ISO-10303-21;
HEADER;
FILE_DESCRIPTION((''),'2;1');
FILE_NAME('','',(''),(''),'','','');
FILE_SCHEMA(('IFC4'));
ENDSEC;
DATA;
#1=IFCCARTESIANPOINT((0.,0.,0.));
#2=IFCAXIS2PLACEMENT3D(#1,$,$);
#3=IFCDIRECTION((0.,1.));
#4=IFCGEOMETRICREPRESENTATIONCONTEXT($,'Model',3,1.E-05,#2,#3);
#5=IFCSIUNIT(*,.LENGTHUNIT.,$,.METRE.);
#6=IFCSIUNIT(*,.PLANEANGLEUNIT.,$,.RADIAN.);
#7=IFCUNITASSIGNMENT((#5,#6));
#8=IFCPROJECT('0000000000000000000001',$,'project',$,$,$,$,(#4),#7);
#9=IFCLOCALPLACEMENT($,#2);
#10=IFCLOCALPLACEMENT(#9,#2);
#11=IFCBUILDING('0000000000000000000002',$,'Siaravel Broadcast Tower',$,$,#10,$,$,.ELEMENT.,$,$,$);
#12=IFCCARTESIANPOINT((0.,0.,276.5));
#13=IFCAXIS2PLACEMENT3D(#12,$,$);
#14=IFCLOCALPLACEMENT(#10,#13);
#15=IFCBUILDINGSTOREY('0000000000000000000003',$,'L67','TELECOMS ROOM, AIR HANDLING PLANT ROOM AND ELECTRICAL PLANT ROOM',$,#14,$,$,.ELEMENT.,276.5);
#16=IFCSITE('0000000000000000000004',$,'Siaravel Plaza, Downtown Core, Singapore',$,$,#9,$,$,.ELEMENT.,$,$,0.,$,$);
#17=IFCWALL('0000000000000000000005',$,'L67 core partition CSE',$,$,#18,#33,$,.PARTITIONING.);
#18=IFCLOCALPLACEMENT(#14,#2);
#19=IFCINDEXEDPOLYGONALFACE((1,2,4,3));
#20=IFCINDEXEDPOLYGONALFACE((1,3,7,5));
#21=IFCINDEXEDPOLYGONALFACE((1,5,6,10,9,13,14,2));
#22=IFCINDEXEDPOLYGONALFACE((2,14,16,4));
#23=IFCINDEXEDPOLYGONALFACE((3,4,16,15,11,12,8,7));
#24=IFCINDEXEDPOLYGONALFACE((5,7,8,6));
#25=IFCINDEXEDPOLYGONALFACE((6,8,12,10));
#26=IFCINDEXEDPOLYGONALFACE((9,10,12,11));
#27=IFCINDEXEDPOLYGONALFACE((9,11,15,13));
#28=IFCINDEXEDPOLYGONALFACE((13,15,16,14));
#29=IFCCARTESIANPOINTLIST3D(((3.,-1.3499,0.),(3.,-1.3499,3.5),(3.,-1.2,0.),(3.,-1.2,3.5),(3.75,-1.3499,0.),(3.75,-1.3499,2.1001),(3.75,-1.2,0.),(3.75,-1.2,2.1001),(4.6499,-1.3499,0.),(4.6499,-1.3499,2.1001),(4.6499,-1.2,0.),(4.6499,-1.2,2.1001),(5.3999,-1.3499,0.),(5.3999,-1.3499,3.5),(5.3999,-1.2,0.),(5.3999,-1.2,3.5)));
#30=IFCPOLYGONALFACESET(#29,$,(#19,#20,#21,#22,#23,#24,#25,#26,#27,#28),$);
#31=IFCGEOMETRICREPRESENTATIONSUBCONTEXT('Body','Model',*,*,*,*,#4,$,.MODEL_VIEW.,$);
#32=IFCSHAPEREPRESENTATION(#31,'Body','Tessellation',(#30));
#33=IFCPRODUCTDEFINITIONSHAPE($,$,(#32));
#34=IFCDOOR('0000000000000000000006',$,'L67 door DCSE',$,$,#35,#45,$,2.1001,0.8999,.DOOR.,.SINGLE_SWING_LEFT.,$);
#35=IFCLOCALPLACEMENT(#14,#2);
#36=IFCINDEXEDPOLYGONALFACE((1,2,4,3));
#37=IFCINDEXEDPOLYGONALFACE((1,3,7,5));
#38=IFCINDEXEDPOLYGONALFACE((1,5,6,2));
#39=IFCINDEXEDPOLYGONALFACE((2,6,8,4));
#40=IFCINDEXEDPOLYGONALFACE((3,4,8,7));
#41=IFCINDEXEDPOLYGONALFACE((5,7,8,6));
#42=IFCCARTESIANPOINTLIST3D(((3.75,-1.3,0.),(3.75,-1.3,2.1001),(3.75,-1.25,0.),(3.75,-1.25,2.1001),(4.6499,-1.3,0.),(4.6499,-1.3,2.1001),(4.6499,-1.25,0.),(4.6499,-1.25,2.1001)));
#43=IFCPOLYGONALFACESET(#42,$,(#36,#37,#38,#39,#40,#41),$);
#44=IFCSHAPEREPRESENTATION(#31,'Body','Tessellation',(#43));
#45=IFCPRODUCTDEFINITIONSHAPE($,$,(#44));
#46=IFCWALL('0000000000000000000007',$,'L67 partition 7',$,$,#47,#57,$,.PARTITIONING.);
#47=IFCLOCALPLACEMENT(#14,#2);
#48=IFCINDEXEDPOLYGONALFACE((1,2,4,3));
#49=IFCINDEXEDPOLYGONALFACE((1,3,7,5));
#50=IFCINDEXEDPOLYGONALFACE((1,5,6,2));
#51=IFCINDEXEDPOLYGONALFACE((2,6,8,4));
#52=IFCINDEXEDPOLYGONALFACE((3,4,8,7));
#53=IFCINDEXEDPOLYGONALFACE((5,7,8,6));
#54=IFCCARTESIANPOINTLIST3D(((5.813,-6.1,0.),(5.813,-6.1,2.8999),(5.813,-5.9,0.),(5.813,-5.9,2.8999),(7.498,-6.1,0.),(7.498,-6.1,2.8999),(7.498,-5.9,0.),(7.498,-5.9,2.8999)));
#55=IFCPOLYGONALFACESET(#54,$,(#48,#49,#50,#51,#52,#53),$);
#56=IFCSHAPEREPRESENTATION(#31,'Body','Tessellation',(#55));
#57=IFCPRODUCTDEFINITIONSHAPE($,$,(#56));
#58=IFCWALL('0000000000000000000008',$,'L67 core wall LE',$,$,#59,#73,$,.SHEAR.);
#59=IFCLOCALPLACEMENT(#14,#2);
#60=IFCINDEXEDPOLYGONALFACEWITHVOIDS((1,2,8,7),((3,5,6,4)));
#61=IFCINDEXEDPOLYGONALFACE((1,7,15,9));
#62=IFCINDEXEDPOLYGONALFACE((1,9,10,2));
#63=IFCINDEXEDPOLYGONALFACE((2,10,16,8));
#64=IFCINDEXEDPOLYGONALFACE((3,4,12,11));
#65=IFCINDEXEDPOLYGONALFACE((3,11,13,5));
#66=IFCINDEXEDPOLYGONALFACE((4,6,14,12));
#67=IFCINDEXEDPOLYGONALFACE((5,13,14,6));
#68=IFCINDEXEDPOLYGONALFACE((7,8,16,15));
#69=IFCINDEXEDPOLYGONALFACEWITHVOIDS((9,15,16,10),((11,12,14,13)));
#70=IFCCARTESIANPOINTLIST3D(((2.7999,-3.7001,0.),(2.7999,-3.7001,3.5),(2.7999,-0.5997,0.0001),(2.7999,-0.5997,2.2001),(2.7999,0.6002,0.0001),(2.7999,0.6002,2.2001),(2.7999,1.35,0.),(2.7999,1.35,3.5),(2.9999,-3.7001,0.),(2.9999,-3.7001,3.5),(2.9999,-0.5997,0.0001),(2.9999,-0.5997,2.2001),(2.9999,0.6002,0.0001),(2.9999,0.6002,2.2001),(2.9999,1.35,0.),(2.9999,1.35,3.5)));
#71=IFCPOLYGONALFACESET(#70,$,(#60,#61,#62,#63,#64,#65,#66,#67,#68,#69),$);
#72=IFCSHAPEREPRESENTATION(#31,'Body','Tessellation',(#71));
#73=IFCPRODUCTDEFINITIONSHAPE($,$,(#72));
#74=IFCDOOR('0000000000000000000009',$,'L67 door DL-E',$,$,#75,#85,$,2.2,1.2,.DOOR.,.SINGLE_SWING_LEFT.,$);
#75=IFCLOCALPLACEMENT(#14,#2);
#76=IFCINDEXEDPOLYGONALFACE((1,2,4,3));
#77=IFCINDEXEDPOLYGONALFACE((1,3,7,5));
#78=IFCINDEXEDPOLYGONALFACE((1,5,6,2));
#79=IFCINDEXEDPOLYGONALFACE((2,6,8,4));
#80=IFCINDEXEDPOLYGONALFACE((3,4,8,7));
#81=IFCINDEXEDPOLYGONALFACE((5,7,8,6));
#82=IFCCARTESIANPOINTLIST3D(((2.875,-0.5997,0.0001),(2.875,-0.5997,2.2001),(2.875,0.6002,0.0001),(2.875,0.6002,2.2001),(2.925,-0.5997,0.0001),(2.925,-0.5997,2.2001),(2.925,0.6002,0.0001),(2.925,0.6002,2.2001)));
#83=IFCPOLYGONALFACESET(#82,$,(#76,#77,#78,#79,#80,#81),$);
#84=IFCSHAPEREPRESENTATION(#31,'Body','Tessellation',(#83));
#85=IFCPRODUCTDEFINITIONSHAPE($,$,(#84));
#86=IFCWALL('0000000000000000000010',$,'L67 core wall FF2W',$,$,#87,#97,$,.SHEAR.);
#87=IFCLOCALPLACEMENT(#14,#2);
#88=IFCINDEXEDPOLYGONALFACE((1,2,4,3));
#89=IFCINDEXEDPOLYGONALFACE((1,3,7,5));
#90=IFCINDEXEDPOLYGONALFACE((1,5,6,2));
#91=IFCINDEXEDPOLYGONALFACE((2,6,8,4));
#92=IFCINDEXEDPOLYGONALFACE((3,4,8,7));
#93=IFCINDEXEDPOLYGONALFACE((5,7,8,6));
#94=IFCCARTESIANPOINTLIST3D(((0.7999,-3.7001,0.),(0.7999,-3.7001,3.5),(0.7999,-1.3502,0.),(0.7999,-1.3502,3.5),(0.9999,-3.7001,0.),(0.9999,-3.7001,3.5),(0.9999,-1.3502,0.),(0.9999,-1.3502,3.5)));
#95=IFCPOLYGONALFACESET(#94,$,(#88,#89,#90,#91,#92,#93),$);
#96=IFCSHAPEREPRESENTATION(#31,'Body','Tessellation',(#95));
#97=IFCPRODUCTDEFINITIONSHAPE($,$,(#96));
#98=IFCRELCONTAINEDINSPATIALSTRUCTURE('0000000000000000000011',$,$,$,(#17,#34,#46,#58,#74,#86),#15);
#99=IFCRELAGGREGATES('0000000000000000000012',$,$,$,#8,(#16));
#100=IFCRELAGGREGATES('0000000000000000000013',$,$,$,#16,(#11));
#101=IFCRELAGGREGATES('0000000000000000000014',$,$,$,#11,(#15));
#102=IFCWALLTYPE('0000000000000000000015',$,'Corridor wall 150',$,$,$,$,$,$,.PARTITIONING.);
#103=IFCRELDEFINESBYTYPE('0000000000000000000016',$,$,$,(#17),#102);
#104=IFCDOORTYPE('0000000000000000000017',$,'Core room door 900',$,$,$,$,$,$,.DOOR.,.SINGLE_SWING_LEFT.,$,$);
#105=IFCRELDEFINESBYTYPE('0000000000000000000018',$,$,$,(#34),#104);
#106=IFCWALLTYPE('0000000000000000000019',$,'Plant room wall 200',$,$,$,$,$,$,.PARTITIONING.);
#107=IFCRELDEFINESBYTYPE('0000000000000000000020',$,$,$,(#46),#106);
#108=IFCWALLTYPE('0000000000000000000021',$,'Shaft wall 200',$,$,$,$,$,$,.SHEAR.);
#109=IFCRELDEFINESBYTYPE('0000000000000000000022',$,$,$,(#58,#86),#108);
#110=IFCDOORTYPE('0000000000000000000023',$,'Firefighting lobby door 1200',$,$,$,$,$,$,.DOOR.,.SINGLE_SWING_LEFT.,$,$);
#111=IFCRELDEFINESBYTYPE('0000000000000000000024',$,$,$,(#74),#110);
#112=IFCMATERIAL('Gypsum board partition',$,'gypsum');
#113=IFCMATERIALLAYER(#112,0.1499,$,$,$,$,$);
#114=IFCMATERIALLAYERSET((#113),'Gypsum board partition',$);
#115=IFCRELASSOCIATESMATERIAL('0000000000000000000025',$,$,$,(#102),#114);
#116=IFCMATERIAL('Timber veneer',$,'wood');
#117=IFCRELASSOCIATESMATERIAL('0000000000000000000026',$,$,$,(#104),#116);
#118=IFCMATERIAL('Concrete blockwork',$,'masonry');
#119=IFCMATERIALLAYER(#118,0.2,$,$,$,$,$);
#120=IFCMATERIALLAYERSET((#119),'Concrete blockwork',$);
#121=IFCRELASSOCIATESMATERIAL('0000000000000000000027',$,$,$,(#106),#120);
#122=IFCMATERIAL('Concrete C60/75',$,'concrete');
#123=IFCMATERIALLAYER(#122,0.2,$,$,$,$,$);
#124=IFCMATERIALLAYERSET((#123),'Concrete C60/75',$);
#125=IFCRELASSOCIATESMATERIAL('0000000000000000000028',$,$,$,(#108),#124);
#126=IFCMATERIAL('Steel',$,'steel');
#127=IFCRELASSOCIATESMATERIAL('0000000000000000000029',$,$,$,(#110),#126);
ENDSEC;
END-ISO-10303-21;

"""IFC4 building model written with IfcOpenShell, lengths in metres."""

from ifc_helpers import new_model, si_unit, direction, frame, frame_2d, origin, place, context, subcontext, project, spatial, rectangle, extrude, material, layer, layer_set, type_object, element, fill, save


model = new_model("IFC4")

# Units and contexts
model_context = context("Model", 3, precision=1e-05, world=origin(), true_north=direction((0.0, 1.0)))
body_context = subcontext(model_context, "Body", "Model", "MODEL_VIEW")
ifc_project = project(units=[si_unit("LENGTHUNIT", "METRE"), si_unit("PLANEANGLEUNIT", "RADIAN")], contexts=[model_context])

# Site, building, storey
site_placement = place(None, origin())
site = spatial("IfcSite", under=ifc_project, at=site_placement, Name="Siaravel Plaza, Downtown Core, Singapore", CompositionType="ELEMENT", RefElevation=0.0)
building_placement = place(site_placement, origin())
building = spatial("IfcBuilding", under=site, at=building_placement, Name="Siaravel Broadcast Tower", CompositionType="ELEMENT")
storey_placement = place(building_placement, frame((0.0, 0.0, 276.5)))
storey = spatial("IfcBuildingStorey", under=building, at=storey_placement, Name="L67", Description="TELECOMS ROOM, AIR HANDLING PLANT ROOM AND ELECTRICAL PLANT ROOM", CompositionType="ELEMENT", Elevation=276.5)

# Wall, opening, door
ifc_material_1 = material(Name="Concrete C60/75", Category="concrete")
ifc_material_2 = material(Name="Steel", Category="steel")
ifc_material_3 = material(Name="Gypsum board partition", Category="gypsum")
ifc_layer_1 = layer(ifc_material_3, 0.1499)
ifc_layer_set_1 = layer_set([ifc_layer_1], Name="Gypsum board partition")
wall_type_1 = type_object("IfcWallType", Name="Corridor wall 150", PredefinedType="PARTITIONING", material=ifc_layer_set_1)
wall_1_placement = place(storey_placement, frame((3.0, -1.2749, 0.0), z_axis=(0.0, 0.0, 1.0), x_axis=(1.0, 0.0, 0.0)))
wall_1 = element("IfcWall", 1, at=wall_1_placement, inside=storey, type_object=wall_type_1, Name="L67 core partition CSE", PredefinedType="PARTITIONING", context=body_context, shape_type="SweptSolid", body=[
    extrude(rectangle(XDim=2.3999, YDim=0.1499, at=frame_2d((1.2, 0.0))), origin(), (0.0, 0.0, 1.0), 3.5),
])
opening_1_placement = place(wall_1_placement, frame((0.75, 0.0, 0.0)))
opening_1 = element("IfcOpeningElement", 2, at=opening_1_placement, cuts=wall_1, PredefinedType="OPENING", context=body_context, shape_type="SweptSolid", body=[
    extrude(rectangle(XDim=0.8999, YDim=2.1001, at=frame_2d((0.45, 1.05))), frame((0.0, 0.085, 0.0), z_axis=(0.0, -1.0, 0.0), x_axis=(1.0, 0.0, 0.0)), (0.0, 0.0, 1.0), 0.1699),
])
ifc_material_4 = material(Name="Timber veneer", Category="wood")
door_type_1 = type_object("IfcDoorType", Name="Core room door 900", OperationType="SINGLE_SWING_LEFT", PredefinedType="DOOR", material=ifc_material_4)
door_1_placement = place(opening_1_placement, origin())
door_1 = element("IfcDoor", 3, at=door_1_placement, inside=storey, type_object=door_type_1, Name="L67 door DCSE", OperationType="SINGLE_SWING_LEFT", OverallHeight=2.1001, OverallWidth=0.8999, PredefinedType="DOOR", context=body_context, shape_type="SweptSolid", body=[
    extrude(rectangle(XDim=0.8999, YDim=2.1001, at=frame_2d((0.45, 1.05))), frame((0.0, 0.0249, 0.0), z_axis=(0.0, -1.0, 0.0), x_axis=(1.0, 0.0, 0.0)), (0.0, 0.0, 1.0), 0.05),
])
fill(opening_1, door_1)

# Wall
ifc_material_5 = material(Name="Concrete blockwork", Category="masonry")
ifc_layer_2 = layer(ifc_material_5, 0.2)
ifc_layer_set_2 = layer_set([ifc_layer_2], Name="Concrete blockwork")
wall_type_2 = type_object("IfcWallType", Name="Plant room wall 200", PredefinedType="PARTITIONING", material=ifc_layer_set_2)
wall_2_placement = place(storey_placement, frame((5.813, -6.0, 0.0), z_axis=(0.0, 0.0, 1.0), x_axis=(1.0, 0.0, 0.0)))
element("IfcWall", 4, at=wall_2_placement, inside=storey, type_object=wall_type_2, Name="L67 partition 7", PredefinedType="PARTITIONING", context=body_context, shape_type="SweptSolid", body=[
    extrude(rectangle(XDim=1.6851, YDim=0.2, at=frame_2d((0.8425, 0.0))), origin(), (0.0, 0.0, 1.0), 2.8999),
])

# Wall, opening, door
ifc_layer_3 = layer(ifc_material_1, 0.2)
ifc_layer_set_3 = layer_set([ifc_layer_3], Name="Concrete C60/75")
wall_type_3 = type_object("IfcWallType", Name="Shaft wall 200", PredefinedType="SHEAR", material=ifc_layer_set_3)
wall_3_placement = place(storey_placement, frame((2.8999, -3.7, 0.0), z_axis=(0.0, 0.0, 1.0), x_axis=(0.0, 1.0, 0.0)))
wall_3 = element("IfcWall", 5, at=wall_3_placement, inside=storey, type_object=wall_type_3, Name="L67 core wall LE", PredefinedType="SHEAR", context=body_context, shape_type="SweptSolid", body=[
    extrude(rectangle(XDim=5.05, YDim=0.2, at=frame_2d((2.5249, 0.0))), origin(), (0.0, 0.0, 1.0), 3.5),
])
opening_2_placement = place(wall_3_placement, frame((3.1001, 0.0, 0.0)))
opening_2 = element("IfcOpeningElement", 6, at=opening_2_placement, cuts=wall_3, PredefinedType="OPENING", context=body_context, shape_type="SweptSolid", body=[
    extrude(rectangle(XDim=1.2, YDim=2.2, at=frame_2d((0.6001, 1.1001))), frame((0.0, 0.1099, 0.0), z_axis=(0.0, -1.0, 0.0), x_axis=(1.0, 0.0, 0.0)), (0.0, 0.0, 1.0), 0.22),
])
door_type_2 = type_object("IfcDoorType", Name="Firefighting lobby door 1200", OperationType="SINGLE_SWING_LEFT", PredefinedType="DOOR", material=ifc_material_2)
door_2_placement = place(opening_2_placement, origin())
door_2 = element("IfcDoor", 7, at=door_2_placement, inside=storey, type_object=door_type_2, Name="L67 door DL-E", OperationType="SINGLE_SWING_LEFT", OverallHeight=2.2, OverallWidth=1.2, PredefinedType="DOOR", context=body_context, shape_type="SweptSolid", body=[
    extrude(rectangle(XDim=1.2, YDim=2.2, at=frame_2d((0.6001, 1.1001))), frame((0.0, 0.0249, 0.0), z_axis=(0.0, -1.0, 0.0), x_axis=(1.0, 0.0, 0.0)), (0.0, 0.0, 1.0), 0.05),
])
fill(opening_2, door_2)

# Wall
wall_4_placement = place(storey_placement, frame((0.8999, -3.7, 0.0), z_axis=(0.0, 0.0, 1.0), x_axis=(0.0, 1.0, 0.0)))
element("IfcWall", 8, at=wall_4_placement, inside=storey, type_object=wall_type_3, Name="L67 core wall FF2W", PredefinedType="SHEAR", context=body_context, shape_type="SweptSolid", body=[
    extrude(rectangle(XDim=2.3499, YDim=0.2, at=frame_2d((1.1748, 0.0))), origin(), (0.0, 0.0, 1.0), 3.5),
])

save(model, "model.ifc")
